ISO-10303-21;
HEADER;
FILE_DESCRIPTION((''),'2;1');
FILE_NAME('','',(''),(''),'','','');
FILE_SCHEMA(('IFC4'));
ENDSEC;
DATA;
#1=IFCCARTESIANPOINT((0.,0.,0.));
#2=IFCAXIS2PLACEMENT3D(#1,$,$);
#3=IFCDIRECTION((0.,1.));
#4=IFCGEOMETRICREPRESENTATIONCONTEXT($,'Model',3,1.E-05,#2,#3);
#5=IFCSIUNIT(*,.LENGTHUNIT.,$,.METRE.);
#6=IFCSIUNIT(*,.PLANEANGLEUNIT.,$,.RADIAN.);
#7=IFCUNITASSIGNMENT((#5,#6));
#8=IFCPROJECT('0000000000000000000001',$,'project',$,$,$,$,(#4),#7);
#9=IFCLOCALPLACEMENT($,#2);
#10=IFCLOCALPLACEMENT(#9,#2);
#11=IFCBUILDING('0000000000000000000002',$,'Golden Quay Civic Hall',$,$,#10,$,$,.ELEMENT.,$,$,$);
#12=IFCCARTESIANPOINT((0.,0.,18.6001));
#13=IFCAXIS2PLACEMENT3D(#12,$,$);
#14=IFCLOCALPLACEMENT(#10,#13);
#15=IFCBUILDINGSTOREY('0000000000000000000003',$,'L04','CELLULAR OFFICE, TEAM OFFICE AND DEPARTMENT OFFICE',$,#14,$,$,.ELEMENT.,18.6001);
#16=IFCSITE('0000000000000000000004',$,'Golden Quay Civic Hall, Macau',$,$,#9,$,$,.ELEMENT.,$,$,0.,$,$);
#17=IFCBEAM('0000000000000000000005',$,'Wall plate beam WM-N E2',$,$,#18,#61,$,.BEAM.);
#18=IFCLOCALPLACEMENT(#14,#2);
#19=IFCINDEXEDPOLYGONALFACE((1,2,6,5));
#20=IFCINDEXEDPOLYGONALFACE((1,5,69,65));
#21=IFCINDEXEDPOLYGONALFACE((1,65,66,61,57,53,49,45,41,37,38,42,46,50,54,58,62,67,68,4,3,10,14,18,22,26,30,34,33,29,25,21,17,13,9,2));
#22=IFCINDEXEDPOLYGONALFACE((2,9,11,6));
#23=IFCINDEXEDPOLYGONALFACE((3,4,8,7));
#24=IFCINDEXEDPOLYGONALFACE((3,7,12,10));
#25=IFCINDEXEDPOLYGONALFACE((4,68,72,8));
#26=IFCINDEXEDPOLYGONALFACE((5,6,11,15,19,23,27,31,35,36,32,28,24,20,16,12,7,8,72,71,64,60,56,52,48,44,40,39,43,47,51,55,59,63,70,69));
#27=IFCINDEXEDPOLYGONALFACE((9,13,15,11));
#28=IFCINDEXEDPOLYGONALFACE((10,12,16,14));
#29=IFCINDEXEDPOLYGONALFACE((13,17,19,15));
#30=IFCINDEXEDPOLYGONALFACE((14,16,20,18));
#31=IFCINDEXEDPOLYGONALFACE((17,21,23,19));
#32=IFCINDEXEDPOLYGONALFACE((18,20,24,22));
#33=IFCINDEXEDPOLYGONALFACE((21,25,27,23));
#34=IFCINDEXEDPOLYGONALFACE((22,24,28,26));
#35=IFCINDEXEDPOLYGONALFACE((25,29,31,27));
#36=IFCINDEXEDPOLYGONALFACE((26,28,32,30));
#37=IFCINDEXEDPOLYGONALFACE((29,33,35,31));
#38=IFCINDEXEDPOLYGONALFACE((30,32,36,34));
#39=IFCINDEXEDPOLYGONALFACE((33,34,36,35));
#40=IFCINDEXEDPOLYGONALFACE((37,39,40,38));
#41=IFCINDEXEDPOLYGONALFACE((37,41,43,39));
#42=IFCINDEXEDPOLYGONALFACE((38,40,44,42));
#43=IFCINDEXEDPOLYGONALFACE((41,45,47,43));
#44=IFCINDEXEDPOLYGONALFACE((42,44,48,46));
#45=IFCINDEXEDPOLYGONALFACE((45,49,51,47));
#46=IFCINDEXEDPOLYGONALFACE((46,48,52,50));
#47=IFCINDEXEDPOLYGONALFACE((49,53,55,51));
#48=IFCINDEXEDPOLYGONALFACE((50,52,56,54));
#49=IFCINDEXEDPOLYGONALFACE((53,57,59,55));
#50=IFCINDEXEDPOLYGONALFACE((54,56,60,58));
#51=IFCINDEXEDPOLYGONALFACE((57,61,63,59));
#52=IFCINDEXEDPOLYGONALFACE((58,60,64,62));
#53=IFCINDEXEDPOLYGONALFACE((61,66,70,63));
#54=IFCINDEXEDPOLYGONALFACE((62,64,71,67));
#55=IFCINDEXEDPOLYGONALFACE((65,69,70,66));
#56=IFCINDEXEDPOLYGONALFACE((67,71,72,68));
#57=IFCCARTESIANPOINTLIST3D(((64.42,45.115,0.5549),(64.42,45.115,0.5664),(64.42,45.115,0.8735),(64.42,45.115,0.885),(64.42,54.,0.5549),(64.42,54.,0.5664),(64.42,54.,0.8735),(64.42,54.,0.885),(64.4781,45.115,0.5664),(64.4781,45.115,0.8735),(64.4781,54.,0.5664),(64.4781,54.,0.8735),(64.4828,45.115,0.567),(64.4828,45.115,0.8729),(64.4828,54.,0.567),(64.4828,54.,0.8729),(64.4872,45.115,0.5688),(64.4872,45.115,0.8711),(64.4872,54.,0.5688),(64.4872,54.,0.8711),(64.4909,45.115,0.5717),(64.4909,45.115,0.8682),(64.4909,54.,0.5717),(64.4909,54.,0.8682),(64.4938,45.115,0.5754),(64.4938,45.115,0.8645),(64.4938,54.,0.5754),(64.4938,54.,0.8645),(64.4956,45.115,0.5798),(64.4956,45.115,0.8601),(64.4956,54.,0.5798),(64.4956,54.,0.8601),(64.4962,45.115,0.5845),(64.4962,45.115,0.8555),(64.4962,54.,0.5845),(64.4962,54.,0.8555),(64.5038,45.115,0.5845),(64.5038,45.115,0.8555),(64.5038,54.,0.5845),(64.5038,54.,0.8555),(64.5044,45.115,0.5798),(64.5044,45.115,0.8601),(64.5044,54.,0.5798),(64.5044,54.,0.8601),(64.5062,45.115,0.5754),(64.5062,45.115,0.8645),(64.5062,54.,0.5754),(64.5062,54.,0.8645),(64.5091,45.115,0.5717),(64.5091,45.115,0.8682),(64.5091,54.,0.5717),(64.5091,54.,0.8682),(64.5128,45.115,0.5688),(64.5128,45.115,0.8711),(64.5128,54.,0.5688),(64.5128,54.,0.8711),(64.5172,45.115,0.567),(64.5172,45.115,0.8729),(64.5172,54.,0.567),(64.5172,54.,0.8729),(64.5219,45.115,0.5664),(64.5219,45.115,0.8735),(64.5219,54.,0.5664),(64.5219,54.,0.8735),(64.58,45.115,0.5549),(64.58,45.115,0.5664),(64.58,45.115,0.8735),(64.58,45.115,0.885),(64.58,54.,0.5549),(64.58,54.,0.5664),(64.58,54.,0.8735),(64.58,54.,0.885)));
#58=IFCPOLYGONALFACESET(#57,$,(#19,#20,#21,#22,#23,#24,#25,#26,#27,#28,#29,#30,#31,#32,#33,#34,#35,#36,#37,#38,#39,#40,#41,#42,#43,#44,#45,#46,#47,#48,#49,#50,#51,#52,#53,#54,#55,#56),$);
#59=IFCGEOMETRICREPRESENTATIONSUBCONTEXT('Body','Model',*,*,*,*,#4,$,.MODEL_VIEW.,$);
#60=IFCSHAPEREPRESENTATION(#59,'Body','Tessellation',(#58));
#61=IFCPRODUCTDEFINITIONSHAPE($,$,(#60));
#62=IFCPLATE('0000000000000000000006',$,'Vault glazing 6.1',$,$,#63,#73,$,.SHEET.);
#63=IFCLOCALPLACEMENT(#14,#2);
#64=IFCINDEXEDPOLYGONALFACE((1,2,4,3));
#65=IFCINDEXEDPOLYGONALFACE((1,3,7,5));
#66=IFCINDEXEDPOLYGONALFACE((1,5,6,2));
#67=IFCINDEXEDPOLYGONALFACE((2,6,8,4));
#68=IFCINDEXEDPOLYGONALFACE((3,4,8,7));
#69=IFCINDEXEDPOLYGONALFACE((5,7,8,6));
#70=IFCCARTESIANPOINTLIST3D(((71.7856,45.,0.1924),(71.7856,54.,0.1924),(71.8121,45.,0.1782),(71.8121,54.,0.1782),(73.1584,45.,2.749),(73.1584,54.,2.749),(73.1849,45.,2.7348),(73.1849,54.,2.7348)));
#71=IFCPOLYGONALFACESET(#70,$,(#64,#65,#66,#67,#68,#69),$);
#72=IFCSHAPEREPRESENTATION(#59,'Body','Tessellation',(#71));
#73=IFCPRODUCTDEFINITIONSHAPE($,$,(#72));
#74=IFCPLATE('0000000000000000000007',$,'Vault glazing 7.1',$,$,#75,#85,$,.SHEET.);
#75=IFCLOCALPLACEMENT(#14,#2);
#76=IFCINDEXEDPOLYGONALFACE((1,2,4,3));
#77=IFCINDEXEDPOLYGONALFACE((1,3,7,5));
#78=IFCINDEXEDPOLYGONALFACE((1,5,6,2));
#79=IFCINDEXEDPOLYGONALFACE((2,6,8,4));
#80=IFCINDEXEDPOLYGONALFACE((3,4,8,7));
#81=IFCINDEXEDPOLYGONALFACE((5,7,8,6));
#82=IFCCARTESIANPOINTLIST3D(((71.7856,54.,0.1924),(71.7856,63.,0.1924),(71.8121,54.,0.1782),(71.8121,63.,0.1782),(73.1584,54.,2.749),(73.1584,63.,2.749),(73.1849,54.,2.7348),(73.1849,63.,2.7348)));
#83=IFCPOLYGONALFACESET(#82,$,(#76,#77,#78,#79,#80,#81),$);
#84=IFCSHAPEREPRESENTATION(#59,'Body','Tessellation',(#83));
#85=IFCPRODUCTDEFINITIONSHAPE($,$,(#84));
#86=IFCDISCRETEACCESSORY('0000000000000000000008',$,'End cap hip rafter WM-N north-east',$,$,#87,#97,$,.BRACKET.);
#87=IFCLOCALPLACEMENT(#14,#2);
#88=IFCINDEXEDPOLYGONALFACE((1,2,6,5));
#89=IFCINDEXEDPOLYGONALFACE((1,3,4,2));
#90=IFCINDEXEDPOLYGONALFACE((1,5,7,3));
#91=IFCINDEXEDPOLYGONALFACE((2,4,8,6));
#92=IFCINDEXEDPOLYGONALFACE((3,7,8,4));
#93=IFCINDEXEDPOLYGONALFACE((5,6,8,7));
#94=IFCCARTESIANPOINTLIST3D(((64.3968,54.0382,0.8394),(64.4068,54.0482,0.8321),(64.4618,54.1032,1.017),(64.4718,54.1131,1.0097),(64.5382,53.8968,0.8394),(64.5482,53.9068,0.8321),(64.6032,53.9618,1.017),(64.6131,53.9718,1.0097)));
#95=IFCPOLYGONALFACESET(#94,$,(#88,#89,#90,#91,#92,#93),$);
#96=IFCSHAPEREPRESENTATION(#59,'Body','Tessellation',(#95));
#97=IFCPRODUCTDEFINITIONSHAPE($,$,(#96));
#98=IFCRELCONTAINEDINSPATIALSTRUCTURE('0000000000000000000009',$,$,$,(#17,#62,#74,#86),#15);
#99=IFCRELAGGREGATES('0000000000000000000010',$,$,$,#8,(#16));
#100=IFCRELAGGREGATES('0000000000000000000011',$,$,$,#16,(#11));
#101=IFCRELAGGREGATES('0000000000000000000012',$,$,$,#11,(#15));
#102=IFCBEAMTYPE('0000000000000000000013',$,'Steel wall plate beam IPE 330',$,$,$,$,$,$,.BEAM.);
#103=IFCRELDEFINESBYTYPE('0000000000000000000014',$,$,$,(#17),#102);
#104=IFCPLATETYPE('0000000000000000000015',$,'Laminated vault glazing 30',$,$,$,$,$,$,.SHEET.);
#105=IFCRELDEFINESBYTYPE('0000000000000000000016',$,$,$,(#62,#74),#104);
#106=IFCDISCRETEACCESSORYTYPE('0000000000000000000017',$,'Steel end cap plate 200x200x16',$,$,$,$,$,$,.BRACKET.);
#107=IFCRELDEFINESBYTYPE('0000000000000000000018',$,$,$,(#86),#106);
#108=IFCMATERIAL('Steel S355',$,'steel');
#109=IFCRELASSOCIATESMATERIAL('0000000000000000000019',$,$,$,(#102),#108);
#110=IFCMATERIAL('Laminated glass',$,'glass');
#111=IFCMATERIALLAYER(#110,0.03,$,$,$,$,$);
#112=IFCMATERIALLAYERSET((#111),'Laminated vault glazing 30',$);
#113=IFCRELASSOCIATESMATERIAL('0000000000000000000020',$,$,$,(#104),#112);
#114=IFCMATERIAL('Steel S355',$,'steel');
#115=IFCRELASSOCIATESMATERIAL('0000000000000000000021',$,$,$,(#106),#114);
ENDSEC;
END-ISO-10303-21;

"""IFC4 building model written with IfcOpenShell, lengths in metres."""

from ifc_helpers import new_model, si_unit, direction, frame, origin, origin_2d, place, context, subcontext, project, spatial, polyline, rectangle, i_section, outline, extrude, material, layer, layer_set, material_profile, profile_set, type_object, element, save


model = new_model("IFC4")

# Units and contexts
model_context = context("Model", 3, precision=1e-05, world=origin(), true_north=direction((0.0, 1.0)))
body_context = subcontext(model_context, "Body", "Model", "MODEL_VIEW")
ifc_project = project(units=[si_unit("LENGTHUNIT", "METRE"), si_unit("PLANEANGLEUNIT", "RADIAN")], contexts=[model_context])

# Site, building, storey
site_placement = place(None, origin())
site = spatial("IfcSite", under=ifc_project, at=site_placement, Name="Golden Quay Civic Hall, Macau", CompositionType="ELEMENT", RefElevation=0.0)
building_placement = place(site_placement, origin())
building = spatial("IfcBuilding", under=site, at=building_placement, Name="Golden Quay Civic Hall", CompositionType="ELEMENT")
storey_placement = place(building_placement, frame((0.0, 0.0, 18.6001)))
storey = spatial("IfcBuildingStorey", under=building, at=storey_placement, Name="L04", Description="CELLULAR OFFICE, TEAM OFFICE AND DEPARTMENT OFFICE", CompositionType="ELEMENT", Elevation=18.6001)

# Beam
ifc_material_1 = material(Name="Steel S355", Category="steel")
ifc_material_profile_1 = material_profile(ifc_material_1, i_section(OverallWidth=0.1599, OverallDepth=0.3301, WebThickness=0.0076, FlangeThickness=0.0115, FilletRadius=0.0181, at=origin_2d()), Name="IPE 330")
ifc_profile_set_1 = profile_set([ifc_material_profile_1], Name="Steel S355")
beam_type_1 = type_object("IfcBeamType", Name="Steel wall plate beam IPE 330", PredefinedType="BEAM", material=ifc_profile_set_1)
beam_1_placement = place(storey_placement, frame((64.5, 45.115, 0.72), z_axis=(0.0, 1.0, 0.0), x_axis=(-1.0, 0.0, 0.0)))
element("IfcBeam", 1, at=beam_1_placement, inside=storey, type_object=beam_type_1, Name="Wall plate beam WM-N E2", PredefinedType="BEAM", context=body_context, shape_type="SweptSolid", body=[
    extrude(i_section(OverallWidth=0.1599, OverallDepth=0.3301, WebThickness=0.0076, FlangeThickness=0.0115, FilletRadius=0.0181, at=origin_2d()), origin(), (0.0, 0.0, 1.0), 8.885),
])

# Plates
ifc_material_2 = material(Name="Laminated glass", Category="glass")
ifc_layer = layer(ifc_material_2, 0.03)
ifc_layer_set = layer_set([ifc_layer], Name="Laminated vault glazing 30")
plate_type = type_object("IfcPlateType", Name="Laminated vault glazing 30", PredefinedType="SHEET", material=ifc_layer_set)
for number, where, z_axis, x_axis, name in (
    (2, (71.7856, 45.0, 0.1924), (-0.881024, 0.0, 0.473071), (0.473071, 0.0, 0.881024), "Vault glazing 6.1"),
    (3, (71.7856, 54.0, 0.1924), (-0.881024, 0.0, 0.473071), (0.473071, 0.0, 0.881024), "Vault glazing 7.1"),
):
    element("IfcPlate", number, at=place(storey_placement, frame(where, z_axis=z_axis, x_axis=x_axis)), inside=storey, type_object=plate_type, Name=name, PredefinedType="SHEET", context=body_context, shape_type="SweptSolid", body=[
        extrude(outline(polyline([(0.0, 0.0), (2.9019, 0.0), (2.9019, 9.0), (0.0, 9.0), (0.0, 0.0)])), origin(), (0.0, 0.0, -1.0), 0.03),
    ])

# Discrete accessory
ifc_material_3 = material(Name="Steel S355", Category="steel")
ifc_material_profile_2 = material_profile(ifc_material_3, rectangle(XDim=0.2, YDim=0.2, at=origin_2d()), Name="Steel end cap plate 200x200x16")
ifc_profile_set_2 = profile_set([ifc_material_profile_2], Name="Steel S355")
discrete_accessory_type = type_object("IfcDiscreteAccessoryType", Name="Steel end cap plate 200x200x16", PredefinedType="BRACKET", material=ifc_profile_set_2)
discrete_accessory_placement = place(storey_placement, frame((64.5, 54.0, 0.9282), z_axis=(0.628025, 0.628025, -0.459531), x_axis=(-0.707107, 0.707107, 0.0)))
element("IfcDiscreteAccessory", 4, at=discrete_accessory_placement, inside=storey, type_object=discrete_accessory_type, Name="End cap hip rafter WM-N north-east", PredefinedType="BRACKET", context=body_context, shape_type="SweptSolid", body=[
    extrude(rectangle(XDim=0.2, YDim=0.2, at=origin_2d()), origin(), (0.0, 0.0, 1.0), 0.0159),
])

save(model, "model.ifc")
